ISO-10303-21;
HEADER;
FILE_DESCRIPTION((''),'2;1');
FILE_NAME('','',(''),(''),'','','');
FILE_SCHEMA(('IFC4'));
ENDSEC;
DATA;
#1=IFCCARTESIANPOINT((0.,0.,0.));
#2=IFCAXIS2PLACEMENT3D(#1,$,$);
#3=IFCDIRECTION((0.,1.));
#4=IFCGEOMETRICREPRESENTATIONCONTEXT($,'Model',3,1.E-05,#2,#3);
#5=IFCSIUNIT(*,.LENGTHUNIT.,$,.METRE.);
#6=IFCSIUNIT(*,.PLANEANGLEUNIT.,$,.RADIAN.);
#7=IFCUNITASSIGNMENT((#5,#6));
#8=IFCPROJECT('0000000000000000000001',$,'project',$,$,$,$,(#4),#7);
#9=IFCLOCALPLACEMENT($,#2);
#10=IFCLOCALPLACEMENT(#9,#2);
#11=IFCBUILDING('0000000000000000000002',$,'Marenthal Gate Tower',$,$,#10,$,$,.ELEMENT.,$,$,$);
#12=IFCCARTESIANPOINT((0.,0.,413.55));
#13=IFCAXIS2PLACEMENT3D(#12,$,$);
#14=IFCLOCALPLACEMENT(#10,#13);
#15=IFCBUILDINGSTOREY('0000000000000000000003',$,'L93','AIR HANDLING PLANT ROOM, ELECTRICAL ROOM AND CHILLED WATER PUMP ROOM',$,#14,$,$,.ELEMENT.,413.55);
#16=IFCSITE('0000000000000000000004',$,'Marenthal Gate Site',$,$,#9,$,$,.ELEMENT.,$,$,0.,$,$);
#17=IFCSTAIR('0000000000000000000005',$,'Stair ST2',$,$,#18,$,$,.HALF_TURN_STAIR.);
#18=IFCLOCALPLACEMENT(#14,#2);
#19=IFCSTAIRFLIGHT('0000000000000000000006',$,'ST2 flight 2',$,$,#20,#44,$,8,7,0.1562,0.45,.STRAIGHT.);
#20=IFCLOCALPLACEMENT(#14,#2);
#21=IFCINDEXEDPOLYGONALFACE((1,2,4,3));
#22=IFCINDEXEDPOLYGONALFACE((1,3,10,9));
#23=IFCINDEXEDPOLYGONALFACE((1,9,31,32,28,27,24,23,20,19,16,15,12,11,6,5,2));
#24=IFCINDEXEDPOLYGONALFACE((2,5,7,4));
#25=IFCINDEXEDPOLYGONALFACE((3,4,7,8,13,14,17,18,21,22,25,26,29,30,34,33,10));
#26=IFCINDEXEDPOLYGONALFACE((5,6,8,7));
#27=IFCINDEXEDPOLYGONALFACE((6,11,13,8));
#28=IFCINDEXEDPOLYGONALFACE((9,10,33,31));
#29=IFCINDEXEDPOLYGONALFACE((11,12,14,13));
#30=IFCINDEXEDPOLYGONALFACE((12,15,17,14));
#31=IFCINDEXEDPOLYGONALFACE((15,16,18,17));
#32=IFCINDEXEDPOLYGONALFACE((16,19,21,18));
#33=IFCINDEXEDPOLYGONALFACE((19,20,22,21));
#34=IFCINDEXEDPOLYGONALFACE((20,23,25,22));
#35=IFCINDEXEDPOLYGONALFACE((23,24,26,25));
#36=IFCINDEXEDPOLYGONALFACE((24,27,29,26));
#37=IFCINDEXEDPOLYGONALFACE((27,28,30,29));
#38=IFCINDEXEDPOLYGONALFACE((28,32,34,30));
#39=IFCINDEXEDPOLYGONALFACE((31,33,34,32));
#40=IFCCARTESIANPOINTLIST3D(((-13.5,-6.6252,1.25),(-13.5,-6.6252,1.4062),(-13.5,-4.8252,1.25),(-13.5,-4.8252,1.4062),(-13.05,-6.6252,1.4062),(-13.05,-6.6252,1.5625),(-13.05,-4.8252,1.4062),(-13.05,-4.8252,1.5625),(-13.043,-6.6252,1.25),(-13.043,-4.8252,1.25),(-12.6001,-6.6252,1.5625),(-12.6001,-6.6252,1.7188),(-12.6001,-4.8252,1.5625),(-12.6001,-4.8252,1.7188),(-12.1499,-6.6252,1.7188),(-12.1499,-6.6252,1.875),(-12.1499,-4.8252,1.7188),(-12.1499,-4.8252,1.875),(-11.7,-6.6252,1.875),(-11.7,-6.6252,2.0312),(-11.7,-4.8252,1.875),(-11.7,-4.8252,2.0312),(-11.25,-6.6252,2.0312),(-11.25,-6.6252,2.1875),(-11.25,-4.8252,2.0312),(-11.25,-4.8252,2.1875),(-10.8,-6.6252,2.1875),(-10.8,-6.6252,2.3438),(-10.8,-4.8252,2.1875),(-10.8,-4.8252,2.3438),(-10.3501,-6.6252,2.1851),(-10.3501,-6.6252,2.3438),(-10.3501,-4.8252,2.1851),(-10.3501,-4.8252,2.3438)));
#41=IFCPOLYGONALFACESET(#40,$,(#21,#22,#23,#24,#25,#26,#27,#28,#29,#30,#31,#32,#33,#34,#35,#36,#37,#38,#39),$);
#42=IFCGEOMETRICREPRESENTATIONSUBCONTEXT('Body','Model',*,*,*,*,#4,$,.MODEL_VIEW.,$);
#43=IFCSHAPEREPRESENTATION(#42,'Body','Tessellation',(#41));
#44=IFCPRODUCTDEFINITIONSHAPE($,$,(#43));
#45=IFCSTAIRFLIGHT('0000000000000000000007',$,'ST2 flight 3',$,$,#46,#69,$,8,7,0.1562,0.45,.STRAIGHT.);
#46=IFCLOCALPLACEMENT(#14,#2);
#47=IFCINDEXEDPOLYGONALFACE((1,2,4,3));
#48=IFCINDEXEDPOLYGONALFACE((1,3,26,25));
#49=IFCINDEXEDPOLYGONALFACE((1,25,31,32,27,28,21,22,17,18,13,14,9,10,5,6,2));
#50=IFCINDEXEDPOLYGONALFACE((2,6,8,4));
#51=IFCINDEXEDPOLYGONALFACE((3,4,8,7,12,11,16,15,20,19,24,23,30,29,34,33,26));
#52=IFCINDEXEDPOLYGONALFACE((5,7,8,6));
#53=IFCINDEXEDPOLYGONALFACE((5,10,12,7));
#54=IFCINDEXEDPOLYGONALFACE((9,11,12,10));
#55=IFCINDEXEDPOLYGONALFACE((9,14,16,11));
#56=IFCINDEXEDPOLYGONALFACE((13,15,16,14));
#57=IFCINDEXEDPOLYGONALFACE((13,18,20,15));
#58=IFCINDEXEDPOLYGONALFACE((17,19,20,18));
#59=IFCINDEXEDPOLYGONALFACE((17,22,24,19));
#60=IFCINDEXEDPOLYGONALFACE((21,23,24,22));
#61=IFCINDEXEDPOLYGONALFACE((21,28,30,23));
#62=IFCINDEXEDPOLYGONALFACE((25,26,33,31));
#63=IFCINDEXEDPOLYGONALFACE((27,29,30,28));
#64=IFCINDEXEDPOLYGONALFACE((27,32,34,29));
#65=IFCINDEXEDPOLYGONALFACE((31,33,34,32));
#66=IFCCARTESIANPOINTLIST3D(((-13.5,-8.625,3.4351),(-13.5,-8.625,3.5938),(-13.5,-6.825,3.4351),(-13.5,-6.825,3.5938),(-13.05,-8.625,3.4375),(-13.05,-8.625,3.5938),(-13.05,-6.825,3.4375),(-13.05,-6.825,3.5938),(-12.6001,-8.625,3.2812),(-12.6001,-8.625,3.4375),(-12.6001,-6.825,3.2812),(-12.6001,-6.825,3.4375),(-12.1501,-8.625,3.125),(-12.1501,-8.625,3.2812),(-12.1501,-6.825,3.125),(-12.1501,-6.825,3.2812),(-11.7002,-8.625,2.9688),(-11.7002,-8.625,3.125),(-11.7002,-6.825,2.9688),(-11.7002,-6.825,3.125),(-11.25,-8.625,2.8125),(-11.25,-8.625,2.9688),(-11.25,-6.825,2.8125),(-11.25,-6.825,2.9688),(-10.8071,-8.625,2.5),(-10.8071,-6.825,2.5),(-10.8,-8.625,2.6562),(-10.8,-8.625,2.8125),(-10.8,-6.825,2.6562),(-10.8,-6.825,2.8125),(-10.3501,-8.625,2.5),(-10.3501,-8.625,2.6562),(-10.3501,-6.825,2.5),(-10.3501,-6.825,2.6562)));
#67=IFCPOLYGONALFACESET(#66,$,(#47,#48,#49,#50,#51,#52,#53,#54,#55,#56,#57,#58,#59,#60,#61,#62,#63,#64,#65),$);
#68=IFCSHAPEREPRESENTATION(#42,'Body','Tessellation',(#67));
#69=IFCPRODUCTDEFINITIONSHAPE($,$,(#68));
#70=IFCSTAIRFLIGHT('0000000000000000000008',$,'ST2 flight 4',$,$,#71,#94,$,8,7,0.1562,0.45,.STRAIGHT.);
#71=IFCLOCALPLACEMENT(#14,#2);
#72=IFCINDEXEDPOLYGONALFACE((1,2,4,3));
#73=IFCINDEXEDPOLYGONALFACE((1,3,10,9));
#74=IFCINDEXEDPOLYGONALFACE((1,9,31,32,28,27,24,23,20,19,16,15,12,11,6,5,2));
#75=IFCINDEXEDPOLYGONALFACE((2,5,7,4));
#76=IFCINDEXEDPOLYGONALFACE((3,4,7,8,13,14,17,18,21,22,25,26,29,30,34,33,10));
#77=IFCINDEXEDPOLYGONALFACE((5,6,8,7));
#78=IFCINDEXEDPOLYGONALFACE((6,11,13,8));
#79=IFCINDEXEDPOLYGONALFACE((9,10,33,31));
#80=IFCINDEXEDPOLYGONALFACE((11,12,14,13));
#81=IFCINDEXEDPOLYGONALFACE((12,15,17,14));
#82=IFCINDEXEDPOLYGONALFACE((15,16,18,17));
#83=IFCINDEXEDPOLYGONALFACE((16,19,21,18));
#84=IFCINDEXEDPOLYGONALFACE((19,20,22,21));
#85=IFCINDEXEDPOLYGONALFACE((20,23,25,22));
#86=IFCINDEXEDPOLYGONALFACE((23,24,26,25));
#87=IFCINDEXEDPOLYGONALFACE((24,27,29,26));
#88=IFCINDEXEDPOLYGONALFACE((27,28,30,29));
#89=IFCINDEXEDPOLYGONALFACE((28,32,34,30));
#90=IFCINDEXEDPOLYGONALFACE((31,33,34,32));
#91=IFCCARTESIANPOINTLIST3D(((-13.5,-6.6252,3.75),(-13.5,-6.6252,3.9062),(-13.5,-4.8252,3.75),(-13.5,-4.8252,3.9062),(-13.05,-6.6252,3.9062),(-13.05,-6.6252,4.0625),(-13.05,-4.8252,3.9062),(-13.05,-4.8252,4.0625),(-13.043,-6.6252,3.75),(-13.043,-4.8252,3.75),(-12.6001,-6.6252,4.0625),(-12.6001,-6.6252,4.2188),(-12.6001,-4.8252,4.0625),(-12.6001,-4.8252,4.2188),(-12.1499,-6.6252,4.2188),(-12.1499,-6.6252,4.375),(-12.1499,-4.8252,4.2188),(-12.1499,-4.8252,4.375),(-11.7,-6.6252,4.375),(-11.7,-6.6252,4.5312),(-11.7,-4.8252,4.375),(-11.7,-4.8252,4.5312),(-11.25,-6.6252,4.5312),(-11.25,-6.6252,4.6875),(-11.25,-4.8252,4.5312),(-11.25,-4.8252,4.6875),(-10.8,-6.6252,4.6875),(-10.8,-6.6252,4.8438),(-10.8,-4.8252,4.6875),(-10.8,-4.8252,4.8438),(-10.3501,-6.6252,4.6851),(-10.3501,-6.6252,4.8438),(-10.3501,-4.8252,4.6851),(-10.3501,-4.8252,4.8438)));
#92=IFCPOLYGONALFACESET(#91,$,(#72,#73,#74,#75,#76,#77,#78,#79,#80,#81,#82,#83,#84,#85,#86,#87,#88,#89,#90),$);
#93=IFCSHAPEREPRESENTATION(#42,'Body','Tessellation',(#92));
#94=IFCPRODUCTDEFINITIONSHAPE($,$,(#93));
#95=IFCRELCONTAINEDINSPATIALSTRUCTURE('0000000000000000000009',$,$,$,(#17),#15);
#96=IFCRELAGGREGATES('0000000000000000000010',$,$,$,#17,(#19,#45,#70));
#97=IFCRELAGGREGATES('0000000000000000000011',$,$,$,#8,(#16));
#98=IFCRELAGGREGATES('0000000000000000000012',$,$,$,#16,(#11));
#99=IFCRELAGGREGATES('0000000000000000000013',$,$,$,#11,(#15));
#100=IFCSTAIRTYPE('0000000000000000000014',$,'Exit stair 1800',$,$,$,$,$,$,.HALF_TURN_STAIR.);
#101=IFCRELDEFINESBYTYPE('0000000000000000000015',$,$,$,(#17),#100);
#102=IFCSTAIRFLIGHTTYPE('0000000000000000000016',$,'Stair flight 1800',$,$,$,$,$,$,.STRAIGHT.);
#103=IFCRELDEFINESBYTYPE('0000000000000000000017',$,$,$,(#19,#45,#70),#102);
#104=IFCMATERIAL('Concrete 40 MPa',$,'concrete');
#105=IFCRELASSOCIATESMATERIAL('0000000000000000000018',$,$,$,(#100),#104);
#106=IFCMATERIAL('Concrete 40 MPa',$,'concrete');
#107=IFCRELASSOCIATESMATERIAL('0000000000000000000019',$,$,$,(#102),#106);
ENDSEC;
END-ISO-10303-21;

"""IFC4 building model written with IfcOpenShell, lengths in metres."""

from ifc_helpers import new_model, si_unit, direction, frame, origin, place, context, subcontext, project, spatial, polyline, outline, extrude, material, type_object, element, aggregate, save


model = new_model("IFC4")

# Units and contexts
model_context = context("Model", 3, precision=1e-05, world=origin(), true_north=direction((0.0, 1.0)))
body_context = subcontext(model_context, "Body", "Model", "MODEL_VIEW")
ifc_project = project(units=[si_unit("LENGTHUNIT", "METRE"), si_unit("PLANEANGLEUNIT", "RADIAN")], contexts=[model_context])

# Site, building, storey
site_placement = place(None, origin())
site = spatial("IfcSite", under=ifc_project, at=site_placement, Name="Marenthal Gate Site", CompositionType="ELEMENT", RefElevation=0.0)
building_placement = place(site_placement, origin())
building = spatial("IfcBuilding", under=site, at=building_placement, Name="Marenthal Gate Tower", CompositionType="ELEMENT")
storey_placement = place(building_placement, frame((0.0, 0.0, 413.55)))
storey = spatial("IfcBuildingStorey", under=building, at=storey_placement, Name="L93", Description="AIR HANDLING PLANT ROOM, ELECTRICAL ROOM AND CHILLED WATER PUMP ROOM", CompositionType="ELEMENT", Elevation=413.55)

# Stair, stair flights
ifc_material_1 = material(Name="Concrete 40 MPa", Category="concrete")
stair_type = type_object("IfcStairType", Name="Exit stair 1800", PredefinedType="HALF_TURN_STAIR", material=ifc_material_1)
stair_placement = place(storey_placement, origin())
stair = element("IfcStair", 1, at=stair_placement, inside=storey, type_object=stair_type, Name="Stair ST2", PredefinedType="HALF_TURN_STAIR")
ifc_material_2 = material(Name="Concrete 40 MPa", Category="concrete")
stair_flight_type = type_object("IfcStairFlightType", Name="Stair flight 1800", PredefinedType="STRAIGHT", material=ifc_material_2)
stair_flight_1_placement = place(storey_placement, frame((-13.5, -5.7251, 1.25), z_axis=(0.0, 0.0, 1.0), x_axis=(1.0, 0.0, 0.0)))
stair_flight_1 = element("IfcStairFlight", 2, at=stair_flight_1_placement, type_object=stair_flight_type, Name="ST2 flight 2", NumberOfRisers=8, NumberOfTreads=7, PredefinedType="STRAIGHT", RiserHeight=0.1562, TreadLength=0.45, context=body_context, shape_type="SweptSolid", body=[
    extrude(outline(polyline([(0.0, 0.0), (0.0, 0.1562), (0.45, 0.1562), (0.45, 0.3125), (0.8999, 0.3125), (0.8999, 0.4688), (1.3501, 0.4688), (1.3501, 0.625), (1.8, 0.625), (1.8, 0.7812), (2.25, 0.7812), (2.25, 0.9375), (2.7, 0.9375), (2.7, 1.0938), (3.1499, 1.0938), (3.1499, 1.25), (3.1499, 0.9351), (0.457, 0.0), (0.0, 0.0)])), frame((0.0, 0.8999, 0.0), z_axis=(0.0, -1.0, 0.0), x_axis=(1.0, 0.0, 0.0)), (0.0, 0.0, 1.0), 1.8),
])
stair_flight_2_placement = place(storey_placement, frame((-10.3501, -7.7251, 2.5), z_axis=(0.0, 0.0, 1.0), x_axis=(-1.0, 0.0, 0.0)))
stair_flight_2 = element("IfcStairFlight", 3, at=stair_flight_2_placement, type_object=stair_flight_type, Name="ST2 flight 3", NumberOfRisers=8, NumberOfTreads=7, PredefinedType="STRAIGHT", RiserHeight=0.1562, TreadLength=0.45, context=body_context, shape_type="SweptSolid", body=[
    extrude(outline(polyline([(0.0, 0.0), (0.0, 0.1562), (0.45, 0.1562), (0.45, 0.3125), (0.8999, 0.3125), (0.8999, 0.4688), (1.3501, 0.4688), (1.3501, 0.625), (1.8, 0.625), (1.8, 0.7812), (2.25, 0.7812), (2.25, 0.9375), (2.7, 0.9375), (2.7, 1.0938), (3.1499, 1.0938), (3.1499, 1.25), (3.1499, 0.9351), (0.457, 0.0), (0.0, 0.0)])), frame((0.0, 0.8999, 0.0), z_axis=(0.0, -1.0, 0.0), x_axis=(1.0, 0.0, 0.0)), (0.0, 0.0, 1.0), 1.8),
])
stair_flight_3_placement = place(storey_placement, frame((-13.5, -5.7251, 3.75), z_axis=(0.0, 0.0, 1.0), x_axis=(1.0, 0.0, 0.0)))
stair_flight_3 = element("IfcStairFlight", 4, at=stair_flight_3_placement, type_object=stair_flight_type, Name="ST2 flight 4", NumberOfRisers=8, NumberOfTreads=7, PredefinedType="STRAIGHT", RiserHeight=0.1562, TreadLength=0.45, context=body_context, shape_type="SweptSolid", body=[
    extrude(outline(polyline([(0.0, 0.0), (0.0, 0.1562), (0.45, 0.1562), (0.45, 0.3125), (0.8999, 0.3125), (0.8999, 0.4688), (1.3501, 0.4688), (1.3501, 0.625), (1.8, 0.625), (1.8, 0.7812), (2.25, 0.7812), (2.25, 0.9375), (2.7, 0.9375), (2.7, 1.0938), (3.1499, 1.0938), (3.1499, 1.25), (3.1499, 0.9351), (0.457, 0.0), (0.0, 0.0)])), frame((0.0, 0.8999, 0.0), z_axis=(0.0, -1.0, 0.0), x_axis=(1.0, 0.0, 0.0)), (0.0, 0.0, 1.0), 1.8),
])
aggregate(stair, [stair_flight_1, stair_flight_2, stair_flight_3])

save(model, "model.ifc")
